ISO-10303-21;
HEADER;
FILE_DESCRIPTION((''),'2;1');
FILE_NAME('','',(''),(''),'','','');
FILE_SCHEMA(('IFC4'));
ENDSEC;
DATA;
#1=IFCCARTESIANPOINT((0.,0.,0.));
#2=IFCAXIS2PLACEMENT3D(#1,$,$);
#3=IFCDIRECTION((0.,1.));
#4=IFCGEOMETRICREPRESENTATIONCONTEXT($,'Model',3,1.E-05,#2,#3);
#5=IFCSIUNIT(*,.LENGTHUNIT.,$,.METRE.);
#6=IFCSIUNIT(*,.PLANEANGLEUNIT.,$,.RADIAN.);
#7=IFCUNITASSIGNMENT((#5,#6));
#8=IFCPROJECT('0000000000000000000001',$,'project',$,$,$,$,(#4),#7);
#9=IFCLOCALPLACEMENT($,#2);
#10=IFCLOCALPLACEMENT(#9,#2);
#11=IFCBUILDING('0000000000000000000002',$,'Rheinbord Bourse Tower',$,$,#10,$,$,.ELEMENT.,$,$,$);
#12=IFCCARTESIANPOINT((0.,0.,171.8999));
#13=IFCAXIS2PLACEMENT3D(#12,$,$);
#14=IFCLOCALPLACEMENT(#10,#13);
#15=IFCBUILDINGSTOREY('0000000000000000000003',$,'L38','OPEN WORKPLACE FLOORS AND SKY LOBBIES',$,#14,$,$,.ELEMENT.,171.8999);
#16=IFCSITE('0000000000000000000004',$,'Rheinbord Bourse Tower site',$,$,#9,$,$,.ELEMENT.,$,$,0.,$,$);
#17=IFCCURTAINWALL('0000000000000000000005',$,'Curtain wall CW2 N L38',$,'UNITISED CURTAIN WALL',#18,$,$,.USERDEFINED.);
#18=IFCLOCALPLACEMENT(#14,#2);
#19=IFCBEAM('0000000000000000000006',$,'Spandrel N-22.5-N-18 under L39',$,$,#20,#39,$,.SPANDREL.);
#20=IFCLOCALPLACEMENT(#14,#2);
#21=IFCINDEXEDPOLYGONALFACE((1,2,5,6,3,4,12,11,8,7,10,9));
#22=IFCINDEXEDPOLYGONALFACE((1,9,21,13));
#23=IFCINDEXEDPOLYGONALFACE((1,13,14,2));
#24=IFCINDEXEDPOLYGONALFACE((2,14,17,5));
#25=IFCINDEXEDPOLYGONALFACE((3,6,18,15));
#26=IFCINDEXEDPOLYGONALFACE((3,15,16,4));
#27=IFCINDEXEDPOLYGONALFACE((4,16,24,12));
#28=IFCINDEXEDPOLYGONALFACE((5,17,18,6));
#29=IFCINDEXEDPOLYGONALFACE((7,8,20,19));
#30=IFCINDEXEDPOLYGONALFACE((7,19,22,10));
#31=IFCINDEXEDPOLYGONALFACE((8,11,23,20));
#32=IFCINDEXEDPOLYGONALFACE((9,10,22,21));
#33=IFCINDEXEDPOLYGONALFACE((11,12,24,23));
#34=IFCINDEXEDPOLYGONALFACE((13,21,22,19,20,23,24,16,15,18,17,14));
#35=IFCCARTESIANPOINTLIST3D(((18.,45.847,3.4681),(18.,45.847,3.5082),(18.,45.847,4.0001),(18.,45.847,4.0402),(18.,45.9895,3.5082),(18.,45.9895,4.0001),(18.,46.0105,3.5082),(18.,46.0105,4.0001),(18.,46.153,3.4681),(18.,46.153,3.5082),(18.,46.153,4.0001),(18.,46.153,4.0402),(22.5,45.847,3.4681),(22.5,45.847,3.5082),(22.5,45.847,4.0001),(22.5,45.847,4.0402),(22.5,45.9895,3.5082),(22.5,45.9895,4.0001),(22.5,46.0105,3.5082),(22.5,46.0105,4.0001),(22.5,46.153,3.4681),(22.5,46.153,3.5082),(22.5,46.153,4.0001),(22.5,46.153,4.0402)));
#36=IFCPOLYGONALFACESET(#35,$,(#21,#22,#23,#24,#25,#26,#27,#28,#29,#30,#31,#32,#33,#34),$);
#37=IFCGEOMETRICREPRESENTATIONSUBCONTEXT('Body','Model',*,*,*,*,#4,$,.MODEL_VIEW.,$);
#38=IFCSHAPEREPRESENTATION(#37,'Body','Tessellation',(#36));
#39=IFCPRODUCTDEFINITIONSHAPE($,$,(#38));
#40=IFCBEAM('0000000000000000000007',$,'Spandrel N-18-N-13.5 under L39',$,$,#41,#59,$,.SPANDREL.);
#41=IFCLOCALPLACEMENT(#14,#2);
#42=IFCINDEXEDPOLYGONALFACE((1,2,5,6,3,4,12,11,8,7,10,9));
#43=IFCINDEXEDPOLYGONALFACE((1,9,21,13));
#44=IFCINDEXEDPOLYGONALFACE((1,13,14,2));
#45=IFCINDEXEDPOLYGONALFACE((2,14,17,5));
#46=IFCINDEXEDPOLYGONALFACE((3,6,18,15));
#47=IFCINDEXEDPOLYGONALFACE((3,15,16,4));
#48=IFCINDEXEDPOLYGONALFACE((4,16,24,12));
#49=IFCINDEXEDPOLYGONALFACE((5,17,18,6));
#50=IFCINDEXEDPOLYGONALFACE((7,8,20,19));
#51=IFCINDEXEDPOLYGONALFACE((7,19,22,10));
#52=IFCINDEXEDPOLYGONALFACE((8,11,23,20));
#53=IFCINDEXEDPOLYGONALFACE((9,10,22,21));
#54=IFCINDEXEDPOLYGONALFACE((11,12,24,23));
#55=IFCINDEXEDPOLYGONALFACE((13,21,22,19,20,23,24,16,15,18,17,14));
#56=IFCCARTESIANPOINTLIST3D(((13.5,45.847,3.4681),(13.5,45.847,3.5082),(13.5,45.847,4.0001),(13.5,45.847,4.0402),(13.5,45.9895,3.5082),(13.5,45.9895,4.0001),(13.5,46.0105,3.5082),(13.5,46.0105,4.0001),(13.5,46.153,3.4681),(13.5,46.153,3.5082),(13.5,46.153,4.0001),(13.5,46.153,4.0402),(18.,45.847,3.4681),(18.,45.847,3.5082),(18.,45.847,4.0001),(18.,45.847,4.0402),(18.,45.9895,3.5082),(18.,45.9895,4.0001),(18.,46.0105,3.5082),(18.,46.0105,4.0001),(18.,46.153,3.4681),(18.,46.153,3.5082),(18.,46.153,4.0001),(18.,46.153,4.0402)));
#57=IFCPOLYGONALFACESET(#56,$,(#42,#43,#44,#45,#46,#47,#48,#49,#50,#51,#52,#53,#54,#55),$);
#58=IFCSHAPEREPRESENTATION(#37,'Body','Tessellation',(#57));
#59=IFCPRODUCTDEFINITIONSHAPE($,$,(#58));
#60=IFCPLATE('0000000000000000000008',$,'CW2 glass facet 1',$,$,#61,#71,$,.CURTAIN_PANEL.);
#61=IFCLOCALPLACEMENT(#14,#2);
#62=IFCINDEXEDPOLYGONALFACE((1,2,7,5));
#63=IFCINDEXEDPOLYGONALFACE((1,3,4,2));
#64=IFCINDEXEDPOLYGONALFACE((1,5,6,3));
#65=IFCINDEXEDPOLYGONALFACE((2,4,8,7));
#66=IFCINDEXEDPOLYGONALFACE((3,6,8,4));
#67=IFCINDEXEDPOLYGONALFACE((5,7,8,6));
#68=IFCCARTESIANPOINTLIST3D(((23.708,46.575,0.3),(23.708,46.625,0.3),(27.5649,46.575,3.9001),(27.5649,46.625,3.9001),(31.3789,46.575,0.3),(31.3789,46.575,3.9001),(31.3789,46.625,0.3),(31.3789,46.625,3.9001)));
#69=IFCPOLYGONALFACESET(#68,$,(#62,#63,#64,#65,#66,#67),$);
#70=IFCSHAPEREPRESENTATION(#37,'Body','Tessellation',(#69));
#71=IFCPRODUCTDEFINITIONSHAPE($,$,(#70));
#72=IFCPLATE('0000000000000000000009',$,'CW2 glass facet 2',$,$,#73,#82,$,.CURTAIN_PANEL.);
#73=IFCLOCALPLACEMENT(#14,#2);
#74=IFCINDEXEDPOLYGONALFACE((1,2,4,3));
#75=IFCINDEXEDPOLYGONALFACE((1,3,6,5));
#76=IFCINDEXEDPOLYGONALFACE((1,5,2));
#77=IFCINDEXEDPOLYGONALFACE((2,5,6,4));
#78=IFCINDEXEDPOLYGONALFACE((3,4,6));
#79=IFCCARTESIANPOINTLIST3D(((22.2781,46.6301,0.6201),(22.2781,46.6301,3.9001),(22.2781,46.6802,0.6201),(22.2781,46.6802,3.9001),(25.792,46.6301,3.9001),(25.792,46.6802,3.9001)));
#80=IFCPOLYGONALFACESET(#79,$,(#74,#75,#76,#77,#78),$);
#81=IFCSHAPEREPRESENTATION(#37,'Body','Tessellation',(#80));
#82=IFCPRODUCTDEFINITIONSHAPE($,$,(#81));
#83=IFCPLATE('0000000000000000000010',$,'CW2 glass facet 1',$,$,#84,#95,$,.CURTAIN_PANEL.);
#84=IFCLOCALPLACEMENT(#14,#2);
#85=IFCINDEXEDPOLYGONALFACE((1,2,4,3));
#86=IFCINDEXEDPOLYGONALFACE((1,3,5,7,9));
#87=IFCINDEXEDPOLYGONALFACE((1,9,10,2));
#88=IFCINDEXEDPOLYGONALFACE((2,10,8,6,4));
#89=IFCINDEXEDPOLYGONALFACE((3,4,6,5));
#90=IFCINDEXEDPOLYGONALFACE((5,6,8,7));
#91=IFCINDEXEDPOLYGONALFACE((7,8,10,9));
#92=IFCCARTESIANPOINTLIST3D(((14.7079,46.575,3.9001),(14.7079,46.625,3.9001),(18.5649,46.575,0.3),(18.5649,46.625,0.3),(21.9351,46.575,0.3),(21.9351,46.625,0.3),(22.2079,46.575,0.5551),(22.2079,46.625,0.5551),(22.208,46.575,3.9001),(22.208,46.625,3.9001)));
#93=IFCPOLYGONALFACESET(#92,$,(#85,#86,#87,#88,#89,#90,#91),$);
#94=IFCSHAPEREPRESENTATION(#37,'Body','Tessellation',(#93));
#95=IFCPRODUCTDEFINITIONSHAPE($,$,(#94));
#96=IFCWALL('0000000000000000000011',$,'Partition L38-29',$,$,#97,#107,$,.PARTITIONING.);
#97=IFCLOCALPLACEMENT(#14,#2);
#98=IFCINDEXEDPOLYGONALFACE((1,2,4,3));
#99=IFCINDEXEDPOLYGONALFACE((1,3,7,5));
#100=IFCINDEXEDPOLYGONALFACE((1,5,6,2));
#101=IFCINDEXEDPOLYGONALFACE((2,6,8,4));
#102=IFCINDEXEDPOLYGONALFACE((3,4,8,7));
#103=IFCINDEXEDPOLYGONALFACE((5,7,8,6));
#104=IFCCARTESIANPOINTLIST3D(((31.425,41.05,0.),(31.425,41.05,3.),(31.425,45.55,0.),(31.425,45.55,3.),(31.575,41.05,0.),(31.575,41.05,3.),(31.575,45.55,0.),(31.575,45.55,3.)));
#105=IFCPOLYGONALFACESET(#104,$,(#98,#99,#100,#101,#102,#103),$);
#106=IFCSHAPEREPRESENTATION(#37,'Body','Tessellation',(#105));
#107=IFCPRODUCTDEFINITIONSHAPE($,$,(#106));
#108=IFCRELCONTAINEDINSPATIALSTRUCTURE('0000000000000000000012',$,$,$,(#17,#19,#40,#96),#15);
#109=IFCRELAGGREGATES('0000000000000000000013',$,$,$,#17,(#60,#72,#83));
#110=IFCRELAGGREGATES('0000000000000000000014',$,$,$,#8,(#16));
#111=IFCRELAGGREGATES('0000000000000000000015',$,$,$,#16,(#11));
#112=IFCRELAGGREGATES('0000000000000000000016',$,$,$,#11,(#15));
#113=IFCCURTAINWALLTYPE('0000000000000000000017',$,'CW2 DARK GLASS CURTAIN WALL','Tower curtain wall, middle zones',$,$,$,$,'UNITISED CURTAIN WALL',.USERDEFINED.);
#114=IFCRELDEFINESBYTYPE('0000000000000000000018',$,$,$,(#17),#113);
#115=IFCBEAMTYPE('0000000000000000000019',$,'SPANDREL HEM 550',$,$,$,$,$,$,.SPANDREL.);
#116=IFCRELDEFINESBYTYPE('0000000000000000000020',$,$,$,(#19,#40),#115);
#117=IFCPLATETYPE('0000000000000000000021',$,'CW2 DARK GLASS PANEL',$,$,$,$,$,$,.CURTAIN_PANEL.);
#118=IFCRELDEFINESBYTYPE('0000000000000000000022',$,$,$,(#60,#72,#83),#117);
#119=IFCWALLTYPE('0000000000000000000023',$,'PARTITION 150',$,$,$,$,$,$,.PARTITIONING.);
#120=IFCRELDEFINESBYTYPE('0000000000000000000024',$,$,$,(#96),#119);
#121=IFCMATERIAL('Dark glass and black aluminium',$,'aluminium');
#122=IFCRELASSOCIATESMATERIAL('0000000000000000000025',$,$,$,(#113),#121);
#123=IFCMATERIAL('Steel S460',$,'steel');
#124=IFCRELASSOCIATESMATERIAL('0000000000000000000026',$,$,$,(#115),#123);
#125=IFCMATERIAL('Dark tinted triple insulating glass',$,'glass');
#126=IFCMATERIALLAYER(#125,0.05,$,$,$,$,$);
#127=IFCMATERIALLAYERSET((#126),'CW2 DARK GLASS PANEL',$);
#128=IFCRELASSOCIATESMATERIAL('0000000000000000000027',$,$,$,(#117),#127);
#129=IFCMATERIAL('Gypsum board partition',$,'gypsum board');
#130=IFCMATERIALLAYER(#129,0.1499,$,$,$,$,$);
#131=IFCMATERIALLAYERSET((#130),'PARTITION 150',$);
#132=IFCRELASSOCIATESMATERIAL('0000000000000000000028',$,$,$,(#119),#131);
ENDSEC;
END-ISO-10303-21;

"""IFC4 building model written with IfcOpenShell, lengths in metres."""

from ifc_helpers import new_model, si_unit, direction, frame, frame_2d, origin, origin_2d, place, context, subcontext, project, spatial, polyline, rectangle, i_section, outline, extrude, material, layer, layer_set, material_profile, profile_set, type_object, element, aggregate, save


model = new_model("IFC4")

# Units and contexts
model_context = context("Model", 3, precision=1e-05, world=origin(), true_north=direction((0.0, 1.0)))
body_context = subcontext(model_context, "Body", "Model", "MODEL_VIEW")
ifc_project = project(units=[si_unit("LENGTHUNIT", "METRE"), si_unit("PLANEANGLEUNIT", "RADIAN")], contexts=[model_context])

# Site, building, storey
site_placement = place(None, origin())
site = spatial("IfcSite", under=ifc_project, at=site_placement, Name="Rheinbord Bourse Tower site", CompositionType="ELEMENT", RefElevation=0.0)
building_placement = place(site_placement, origin())
building = spatial("IfcBuilding", under=site, at=building_placement, Name="Rheinbord Bourse Tower", CompositionType="ELEMENT")
storey_placement = place(building_placement, frame((0.0, 0.0, 171.8999)))
storey = spatial("IfcBuildingStorey", under=building, at=storey_placement, Name="L38", Description="OPEN WORKPLACE FLOORS AND SKY LOBBIES", CompositionType="ELEMENT", Elevation=171.8999)

# Curtain wall
ifc_material_1 = material(Name="Dark glass and black aluminium", Category="aluminium")
curtain_wall_type = type_object("IfcCurtainWallType", Name="CW2 DARK GLASS CURTAIN WALL", Description="Tower curtain wall, middle zones", ElementType="UNITISED CURTAIN WALL", PredefinedType="USERDEFINED", material=ifc_material_1)
curtain_wall_placement = place(storey_placement, origin())
curtain_wall = element("IfcCurtainWall", 1, at=curtain_wall_placement, inside=storey, type_object=curtain_wall_type, Name="Curtain wall CW2 N L38", ObjectType="UNITISED CURTAIN WALL", PredefinedType="USERDEFINED")

# Beams
ifc_material_2 = material(Name="Steel S460", Category="steel")
ifc_material_profile_1 = material_profile(ifc_material_2, i_section(OverallWidth=0.3059, OverallDepth=0.572, WebThickness=0.021, FlangeThickness=0.04, at=origin_2d()), Name="HEM 550")
ifc_profile_set_1 = profile_set([ifc_material_profile_1], Name="Steel S460")
beam_type_1 = type_object("IfcBeamType", Name="SPANDREL HEM 550", PredefinedType="SPANDREL", material=ifc_profile_set_1)
for number, where, z_axis, x_axis, name in (
    (2, (22.5, 46.0, 3.7542), (-1.0, 0.0, 0.0), (0.0, -1.0, 0.0), "Spandrel N-22.5-N-18 under L39"),
    (3, (18.0, 46.0, 3.7542), (-1.0, 0.0, 0.0), (0.0, -1.0, 0.0), "Spandrel N-18-N-13.5 under L39"),
):
    element("IfcBeam", number, at=place(storey_placement, frame(where, z_axis=z_axis, x_axis=x_axis)), inside=storey, type_object=beam_type_1, Name=name, PredefinedType="SPANDREL", context=body_context, shape_type="SweptSolid", body=[
        extrude(i_section(OverallWidth=0.3059, OverallDepth=0.572, WebThickness=0.021, FlangeThickness=0.04, at=origin_2d()), origin(), (0.0, 0.0, 1.0), 4.5),
    ])

# Plates
ifc_material_3 = material(Name="Dark tinted triple insulating glass", Category="glass")
ifc_layer_1 = layer(ifc_material_3, 0.05)
ifc_layer_set_1 = layer_set([ifc_layer_1], Name="CW2 DARK GLASS PANEL")
plate_type = type_object("IfcPlateType", Name="CW2 DARK GLASS PANEL", PredefinedType="CURTAIN_PANEL", material=ifc_layer_set_1)
plate_1_placement = place(storey_placement, frame((31.3789, 46.625, 0.3), z_axis=(0.0, -1.0, 0.0), x_axis=(0.0, 0.0, 1.0)))
plate_1 = element("IfcPlate", 4, at=plate_1_placement, type_object=plate_type, Name="CW2 glass facet 1", PredefinedType="CURTAIN_PANEL", context=body_context, shape_type="SweptSolid", body=[
    extrude(outline(polyline([(0.0, 0.0), (3.6001, 0.0), (3.6001, 3.814), (0.0, 7.6709), (0.0, 0.0)])), origin(), (0.0, 0.0, 1.0), 0.05),
])
plate_2_placement = place(storey_placement, frame((22.2781, 46.6802, 3.9001), z_axis=(0.0, -1.0, 0.0), x_axis=(0.0, 0.0, -1.0)))
plate_2 = element("IfcPlate", 5, at=plate_2_placement, type_object=plate_type, Name="CW2 glass facet 2", PredefinedType="CURTAIN_PANEL", context=body_context, shape_type="SweptSolid", body=[
    extrude(outline(polyline([(0.0, 0.0), (3.28, 0.0), (0.0, 3.5139), (0.0, 0.0)])), origin(), (0.0, 0.0, 1.0), 0.05),
])
plate_3_placement = place(storey_placement, frame((21.9351, 46.625, 0.3), z_axis=(0.0, -1.0, 0.0), x_axis=(0.730555, 0.0, 0.682854)))
plate_3 = element("IfcPlate", 6, at=plate_3_placement, type_object=plate_type, Name="CW2 glass facet 1", PredefinedType="CURTAIN_PANEL", context=body_context, shape_type="SweptSolid", body=[
    extrude(outline(polyline([(0.0, 0.0), (0.3735, 0.0), (2.6577, 2.4436), (-2.8215, 7.5652), (-2.4622, 2.3013), (0.0, 0.0)])), origin(), (0.0, 0.0, 1.0), 0.05),
])
aggregate(curtain_wall, [plate_1, plate_2, plate_3])

# Wall
ifc_material_4 = material(Name="Gypsum board partition", Category="gypsum board")
ifc_layer_2 = layer(ifc_material_4, 0.1499)
ifc_layer_set_2 = layer_set([ifc_layer_2], Name="PARTITION 150")
wall_type = type_object("IfcWallType", Name="PARTITION 150", PredefinedType="PARTITIONING", material=ifc_layer_set_2)
wall_placement = place(storey_placement, frame((31.5, 41.05, 0.0), z_axis=(0.0, 0.0, 1.0), x_axis=(0.0, 1.0, 0.0)))
element("IfcWall", 7, at=wall_placement, inside=storey, type_object=wall_type, Name="Partition L38-29", PredefinedType="PARTITIONING", context=body_context, shape_type="SweptSolid", body=[
    extrude(rectangle(XDim=4.5, YDim=0.1499, at=frame_2d((2.25, 0.0))), origin(), (0.0, 0.0, 1.0), 3.0),
])

save(model, "model.ifc")
